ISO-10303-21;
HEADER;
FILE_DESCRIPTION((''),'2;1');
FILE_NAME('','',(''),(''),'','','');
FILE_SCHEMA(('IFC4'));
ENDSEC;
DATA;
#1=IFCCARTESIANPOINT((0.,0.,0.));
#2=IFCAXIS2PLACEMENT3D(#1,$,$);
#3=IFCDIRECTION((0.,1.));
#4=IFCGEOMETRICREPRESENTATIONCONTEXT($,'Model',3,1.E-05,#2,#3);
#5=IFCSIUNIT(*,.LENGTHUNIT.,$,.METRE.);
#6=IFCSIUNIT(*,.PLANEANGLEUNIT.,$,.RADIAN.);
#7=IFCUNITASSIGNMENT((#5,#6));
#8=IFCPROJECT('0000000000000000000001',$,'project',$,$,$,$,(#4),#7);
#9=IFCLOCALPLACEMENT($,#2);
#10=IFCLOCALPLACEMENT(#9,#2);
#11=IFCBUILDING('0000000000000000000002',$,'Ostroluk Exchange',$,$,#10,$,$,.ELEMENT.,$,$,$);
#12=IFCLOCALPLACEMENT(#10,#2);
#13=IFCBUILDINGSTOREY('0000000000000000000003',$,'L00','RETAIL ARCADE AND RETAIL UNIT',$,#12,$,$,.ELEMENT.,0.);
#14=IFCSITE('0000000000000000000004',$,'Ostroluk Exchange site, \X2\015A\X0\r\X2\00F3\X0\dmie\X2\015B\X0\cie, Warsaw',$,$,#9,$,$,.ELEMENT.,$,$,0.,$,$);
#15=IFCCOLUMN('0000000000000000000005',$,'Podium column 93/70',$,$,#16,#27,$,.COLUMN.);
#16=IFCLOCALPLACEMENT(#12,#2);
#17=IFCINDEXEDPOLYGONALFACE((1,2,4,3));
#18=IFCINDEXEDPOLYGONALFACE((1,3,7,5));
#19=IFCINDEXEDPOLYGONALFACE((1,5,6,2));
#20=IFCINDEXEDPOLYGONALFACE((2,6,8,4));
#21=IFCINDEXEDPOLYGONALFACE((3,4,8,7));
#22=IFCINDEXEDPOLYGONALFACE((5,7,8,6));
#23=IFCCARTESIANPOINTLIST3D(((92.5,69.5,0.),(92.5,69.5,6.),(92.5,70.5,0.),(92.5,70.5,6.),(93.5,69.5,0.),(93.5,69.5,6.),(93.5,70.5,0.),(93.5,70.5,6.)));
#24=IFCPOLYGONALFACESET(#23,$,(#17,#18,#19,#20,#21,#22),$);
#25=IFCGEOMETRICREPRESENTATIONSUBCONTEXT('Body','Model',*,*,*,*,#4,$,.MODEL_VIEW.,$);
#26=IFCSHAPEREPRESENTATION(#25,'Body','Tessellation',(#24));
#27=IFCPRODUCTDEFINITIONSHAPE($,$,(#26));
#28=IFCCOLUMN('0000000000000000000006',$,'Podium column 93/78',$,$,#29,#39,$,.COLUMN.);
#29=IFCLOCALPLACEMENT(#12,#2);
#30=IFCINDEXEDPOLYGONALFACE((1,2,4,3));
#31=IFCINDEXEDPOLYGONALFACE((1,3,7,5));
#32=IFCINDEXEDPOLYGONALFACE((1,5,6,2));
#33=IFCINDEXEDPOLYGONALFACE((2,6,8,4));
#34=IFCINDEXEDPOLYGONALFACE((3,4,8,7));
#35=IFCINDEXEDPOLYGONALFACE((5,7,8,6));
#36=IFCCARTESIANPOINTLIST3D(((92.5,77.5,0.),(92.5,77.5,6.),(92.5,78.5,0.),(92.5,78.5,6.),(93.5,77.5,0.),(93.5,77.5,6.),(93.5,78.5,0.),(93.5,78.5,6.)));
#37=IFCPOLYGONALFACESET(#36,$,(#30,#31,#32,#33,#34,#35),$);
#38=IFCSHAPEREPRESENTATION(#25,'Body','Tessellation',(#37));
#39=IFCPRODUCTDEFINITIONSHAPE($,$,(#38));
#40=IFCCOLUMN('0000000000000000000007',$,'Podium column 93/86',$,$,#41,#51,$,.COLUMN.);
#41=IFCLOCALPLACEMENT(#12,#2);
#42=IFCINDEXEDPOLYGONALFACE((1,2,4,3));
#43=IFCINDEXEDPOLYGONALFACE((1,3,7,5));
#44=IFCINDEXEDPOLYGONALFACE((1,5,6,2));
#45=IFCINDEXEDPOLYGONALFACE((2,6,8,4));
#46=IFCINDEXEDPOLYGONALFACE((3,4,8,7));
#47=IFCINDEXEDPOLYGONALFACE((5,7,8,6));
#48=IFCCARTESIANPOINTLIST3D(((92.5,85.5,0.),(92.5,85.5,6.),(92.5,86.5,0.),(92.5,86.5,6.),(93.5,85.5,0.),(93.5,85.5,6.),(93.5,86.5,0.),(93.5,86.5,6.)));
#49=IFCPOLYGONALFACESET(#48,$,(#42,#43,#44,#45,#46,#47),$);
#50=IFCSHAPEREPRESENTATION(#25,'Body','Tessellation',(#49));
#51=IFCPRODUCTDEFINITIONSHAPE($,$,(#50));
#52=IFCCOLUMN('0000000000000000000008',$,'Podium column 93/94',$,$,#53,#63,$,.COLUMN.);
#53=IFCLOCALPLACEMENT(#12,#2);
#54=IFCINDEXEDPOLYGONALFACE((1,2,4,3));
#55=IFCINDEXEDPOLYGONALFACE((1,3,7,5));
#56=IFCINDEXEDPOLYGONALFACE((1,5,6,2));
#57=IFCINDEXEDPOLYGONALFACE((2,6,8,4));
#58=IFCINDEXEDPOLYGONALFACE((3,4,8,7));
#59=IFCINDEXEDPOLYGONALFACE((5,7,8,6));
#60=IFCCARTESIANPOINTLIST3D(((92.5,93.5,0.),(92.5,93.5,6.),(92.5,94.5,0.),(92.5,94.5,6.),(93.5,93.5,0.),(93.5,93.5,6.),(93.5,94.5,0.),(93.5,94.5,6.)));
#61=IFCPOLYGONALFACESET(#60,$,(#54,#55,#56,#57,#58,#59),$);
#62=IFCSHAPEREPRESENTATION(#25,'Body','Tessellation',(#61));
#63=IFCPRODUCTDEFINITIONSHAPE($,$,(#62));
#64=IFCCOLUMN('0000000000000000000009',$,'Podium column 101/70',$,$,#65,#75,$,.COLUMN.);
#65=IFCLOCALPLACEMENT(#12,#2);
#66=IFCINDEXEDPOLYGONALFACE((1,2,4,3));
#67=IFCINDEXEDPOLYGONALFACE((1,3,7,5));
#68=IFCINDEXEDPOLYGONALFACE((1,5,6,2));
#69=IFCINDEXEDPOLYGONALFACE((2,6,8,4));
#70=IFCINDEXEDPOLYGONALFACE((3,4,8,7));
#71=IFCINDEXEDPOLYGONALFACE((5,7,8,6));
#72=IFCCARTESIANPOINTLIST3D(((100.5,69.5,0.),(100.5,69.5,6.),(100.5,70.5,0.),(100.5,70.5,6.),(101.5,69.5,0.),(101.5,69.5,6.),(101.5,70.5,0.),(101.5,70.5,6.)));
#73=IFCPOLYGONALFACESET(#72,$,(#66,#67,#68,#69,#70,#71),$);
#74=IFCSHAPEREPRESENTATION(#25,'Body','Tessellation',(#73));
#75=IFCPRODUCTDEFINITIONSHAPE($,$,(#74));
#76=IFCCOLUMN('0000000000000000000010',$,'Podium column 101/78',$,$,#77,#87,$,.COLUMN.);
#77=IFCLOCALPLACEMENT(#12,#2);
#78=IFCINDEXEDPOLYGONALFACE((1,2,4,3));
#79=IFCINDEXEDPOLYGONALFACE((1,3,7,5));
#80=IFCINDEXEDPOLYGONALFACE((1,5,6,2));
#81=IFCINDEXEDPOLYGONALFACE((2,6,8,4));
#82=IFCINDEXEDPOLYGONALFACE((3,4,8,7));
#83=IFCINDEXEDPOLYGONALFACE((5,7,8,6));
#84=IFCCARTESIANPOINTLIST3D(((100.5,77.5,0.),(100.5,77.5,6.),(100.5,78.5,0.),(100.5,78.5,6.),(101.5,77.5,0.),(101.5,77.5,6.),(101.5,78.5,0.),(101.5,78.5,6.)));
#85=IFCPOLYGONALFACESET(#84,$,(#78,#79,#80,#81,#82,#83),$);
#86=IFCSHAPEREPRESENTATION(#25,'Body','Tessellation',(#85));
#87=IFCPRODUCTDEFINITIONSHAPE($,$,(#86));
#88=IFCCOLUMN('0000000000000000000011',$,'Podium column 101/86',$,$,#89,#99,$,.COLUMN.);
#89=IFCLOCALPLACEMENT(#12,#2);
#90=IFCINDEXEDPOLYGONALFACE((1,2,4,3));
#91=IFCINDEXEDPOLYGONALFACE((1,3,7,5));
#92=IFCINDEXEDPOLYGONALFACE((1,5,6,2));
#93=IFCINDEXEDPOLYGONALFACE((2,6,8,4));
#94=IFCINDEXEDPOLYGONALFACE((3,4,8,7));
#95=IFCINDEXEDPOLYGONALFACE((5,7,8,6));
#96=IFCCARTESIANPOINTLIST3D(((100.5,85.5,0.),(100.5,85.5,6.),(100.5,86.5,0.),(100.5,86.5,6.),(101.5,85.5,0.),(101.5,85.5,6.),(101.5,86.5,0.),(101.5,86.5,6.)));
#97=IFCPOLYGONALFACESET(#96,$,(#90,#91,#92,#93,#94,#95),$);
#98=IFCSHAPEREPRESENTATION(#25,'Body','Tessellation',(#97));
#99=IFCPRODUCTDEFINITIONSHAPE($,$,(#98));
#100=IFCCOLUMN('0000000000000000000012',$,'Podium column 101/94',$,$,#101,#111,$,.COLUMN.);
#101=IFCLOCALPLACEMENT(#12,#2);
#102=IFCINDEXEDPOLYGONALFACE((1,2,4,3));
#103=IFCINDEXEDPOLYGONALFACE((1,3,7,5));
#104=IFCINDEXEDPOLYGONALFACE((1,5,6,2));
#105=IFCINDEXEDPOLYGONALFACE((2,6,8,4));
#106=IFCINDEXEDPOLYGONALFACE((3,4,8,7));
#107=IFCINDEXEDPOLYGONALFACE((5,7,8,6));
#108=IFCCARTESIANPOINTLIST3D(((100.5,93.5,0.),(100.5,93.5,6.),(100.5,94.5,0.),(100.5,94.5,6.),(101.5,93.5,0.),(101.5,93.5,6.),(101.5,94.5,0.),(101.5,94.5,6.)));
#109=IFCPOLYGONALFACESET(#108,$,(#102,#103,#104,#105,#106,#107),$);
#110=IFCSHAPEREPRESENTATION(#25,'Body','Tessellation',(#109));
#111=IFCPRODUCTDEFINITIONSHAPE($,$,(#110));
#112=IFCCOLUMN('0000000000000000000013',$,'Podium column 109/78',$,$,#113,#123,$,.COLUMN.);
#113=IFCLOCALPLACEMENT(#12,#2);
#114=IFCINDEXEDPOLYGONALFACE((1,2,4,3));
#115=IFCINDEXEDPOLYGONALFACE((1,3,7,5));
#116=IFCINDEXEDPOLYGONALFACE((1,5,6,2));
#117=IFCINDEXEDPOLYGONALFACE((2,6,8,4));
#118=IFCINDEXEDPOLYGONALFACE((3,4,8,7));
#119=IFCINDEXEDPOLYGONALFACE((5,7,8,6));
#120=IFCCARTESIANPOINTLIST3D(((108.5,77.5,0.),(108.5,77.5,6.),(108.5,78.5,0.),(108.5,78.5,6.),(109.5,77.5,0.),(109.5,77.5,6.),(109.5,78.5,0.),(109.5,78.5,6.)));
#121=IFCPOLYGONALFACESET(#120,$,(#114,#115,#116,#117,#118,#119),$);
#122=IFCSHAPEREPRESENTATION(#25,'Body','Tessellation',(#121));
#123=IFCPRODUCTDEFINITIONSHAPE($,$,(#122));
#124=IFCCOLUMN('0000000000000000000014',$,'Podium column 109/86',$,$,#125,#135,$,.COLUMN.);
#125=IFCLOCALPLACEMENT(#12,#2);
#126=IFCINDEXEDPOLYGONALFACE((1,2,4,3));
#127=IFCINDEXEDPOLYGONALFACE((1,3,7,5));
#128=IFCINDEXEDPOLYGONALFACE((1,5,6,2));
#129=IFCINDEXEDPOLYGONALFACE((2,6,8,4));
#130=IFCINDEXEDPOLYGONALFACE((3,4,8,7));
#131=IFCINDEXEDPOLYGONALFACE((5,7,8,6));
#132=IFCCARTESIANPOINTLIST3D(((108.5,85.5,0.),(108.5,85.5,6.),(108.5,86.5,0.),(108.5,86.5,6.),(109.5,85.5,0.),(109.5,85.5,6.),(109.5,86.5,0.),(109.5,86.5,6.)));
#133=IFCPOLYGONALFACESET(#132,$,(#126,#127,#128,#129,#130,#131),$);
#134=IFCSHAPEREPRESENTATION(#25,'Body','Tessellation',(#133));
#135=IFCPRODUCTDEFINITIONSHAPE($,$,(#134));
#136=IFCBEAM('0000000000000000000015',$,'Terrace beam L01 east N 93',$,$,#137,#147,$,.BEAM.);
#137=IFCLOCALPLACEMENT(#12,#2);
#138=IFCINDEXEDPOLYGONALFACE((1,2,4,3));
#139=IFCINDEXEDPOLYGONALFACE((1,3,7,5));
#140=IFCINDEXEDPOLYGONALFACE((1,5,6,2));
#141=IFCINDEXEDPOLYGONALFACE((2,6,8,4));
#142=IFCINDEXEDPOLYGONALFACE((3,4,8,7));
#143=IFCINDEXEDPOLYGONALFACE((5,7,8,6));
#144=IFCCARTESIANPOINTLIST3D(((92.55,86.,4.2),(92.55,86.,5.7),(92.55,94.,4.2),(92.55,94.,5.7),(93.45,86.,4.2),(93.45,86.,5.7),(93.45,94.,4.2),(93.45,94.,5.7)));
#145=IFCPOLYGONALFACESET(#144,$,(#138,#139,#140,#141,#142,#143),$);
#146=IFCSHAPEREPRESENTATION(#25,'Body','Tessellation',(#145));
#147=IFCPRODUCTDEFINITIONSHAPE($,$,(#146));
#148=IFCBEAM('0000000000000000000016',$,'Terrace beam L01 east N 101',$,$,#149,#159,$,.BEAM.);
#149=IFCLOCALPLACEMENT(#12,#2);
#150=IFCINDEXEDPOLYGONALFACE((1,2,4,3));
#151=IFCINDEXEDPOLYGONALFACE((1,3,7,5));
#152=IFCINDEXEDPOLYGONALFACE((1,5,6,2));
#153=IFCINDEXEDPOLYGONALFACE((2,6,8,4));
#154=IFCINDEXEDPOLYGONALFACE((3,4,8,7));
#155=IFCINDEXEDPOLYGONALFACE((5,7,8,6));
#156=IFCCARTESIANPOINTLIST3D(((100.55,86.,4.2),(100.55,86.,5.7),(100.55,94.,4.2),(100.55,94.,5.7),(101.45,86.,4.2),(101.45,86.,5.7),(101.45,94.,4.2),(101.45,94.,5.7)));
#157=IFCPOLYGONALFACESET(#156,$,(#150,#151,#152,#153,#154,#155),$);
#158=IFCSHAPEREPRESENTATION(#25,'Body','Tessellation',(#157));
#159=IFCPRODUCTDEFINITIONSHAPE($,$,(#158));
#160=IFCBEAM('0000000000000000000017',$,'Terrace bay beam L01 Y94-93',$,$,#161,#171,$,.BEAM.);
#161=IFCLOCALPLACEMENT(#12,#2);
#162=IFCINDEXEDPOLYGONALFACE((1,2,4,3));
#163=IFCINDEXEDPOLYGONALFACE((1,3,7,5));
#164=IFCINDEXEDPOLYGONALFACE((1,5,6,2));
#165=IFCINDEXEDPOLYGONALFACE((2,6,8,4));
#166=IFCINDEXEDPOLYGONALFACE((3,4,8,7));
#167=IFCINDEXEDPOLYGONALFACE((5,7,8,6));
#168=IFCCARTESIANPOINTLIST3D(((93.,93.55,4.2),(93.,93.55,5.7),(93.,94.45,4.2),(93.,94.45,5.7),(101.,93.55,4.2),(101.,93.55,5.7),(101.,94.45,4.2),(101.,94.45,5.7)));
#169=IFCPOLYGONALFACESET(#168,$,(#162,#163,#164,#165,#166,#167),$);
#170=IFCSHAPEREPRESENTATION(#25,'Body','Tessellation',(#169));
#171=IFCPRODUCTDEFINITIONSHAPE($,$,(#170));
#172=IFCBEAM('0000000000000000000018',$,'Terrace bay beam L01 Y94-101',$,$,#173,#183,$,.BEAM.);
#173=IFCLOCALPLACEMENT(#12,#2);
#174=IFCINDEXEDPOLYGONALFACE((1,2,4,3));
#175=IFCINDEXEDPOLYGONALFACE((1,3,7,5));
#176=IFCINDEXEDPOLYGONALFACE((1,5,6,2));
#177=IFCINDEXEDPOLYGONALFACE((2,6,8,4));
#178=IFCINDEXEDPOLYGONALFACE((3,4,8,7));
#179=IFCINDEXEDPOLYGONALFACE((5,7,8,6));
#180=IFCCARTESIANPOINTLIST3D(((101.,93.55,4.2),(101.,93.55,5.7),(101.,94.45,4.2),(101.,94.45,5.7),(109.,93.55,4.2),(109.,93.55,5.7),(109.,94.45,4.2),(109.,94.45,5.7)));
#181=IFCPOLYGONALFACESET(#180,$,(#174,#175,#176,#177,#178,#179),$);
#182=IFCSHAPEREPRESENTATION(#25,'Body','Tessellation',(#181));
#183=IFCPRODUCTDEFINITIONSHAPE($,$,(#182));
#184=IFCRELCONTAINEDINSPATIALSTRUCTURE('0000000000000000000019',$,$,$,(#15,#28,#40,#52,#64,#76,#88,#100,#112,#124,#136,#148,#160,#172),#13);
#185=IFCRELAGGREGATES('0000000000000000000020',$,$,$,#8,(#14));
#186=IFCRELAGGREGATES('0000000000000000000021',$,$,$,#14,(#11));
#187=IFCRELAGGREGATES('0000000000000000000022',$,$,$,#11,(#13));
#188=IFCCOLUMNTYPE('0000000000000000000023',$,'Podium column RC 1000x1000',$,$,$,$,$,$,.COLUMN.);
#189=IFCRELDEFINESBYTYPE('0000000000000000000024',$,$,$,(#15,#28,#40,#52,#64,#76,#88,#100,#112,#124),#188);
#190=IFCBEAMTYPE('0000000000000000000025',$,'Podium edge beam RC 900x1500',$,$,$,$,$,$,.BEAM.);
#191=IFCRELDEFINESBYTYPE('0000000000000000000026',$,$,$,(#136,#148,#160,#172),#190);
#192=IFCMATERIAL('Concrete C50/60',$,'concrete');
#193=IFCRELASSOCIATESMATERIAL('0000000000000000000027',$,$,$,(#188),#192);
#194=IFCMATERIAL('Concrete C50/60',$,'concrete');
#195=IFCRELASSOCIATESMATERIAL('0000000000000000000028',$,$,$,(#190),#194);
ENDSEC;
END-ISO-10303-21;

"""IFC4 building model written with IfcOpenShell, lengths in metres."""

from ifc_helpers import new_model, si_unit, direction, frame, origin, origin_2d, place, context, subcontext, project, spatial, rectangle, extrude, material, material_profile, profile_set, type_object, element, save


model = new_model("IFC4")

# Units and contexts
model_context = context("Model", 3, precision=1e-05, world=origin(), true_north=direction((0.0, 1.0)))
body_context = subcontext(model_context, "Body", "Model", "MODEL_VIEW")
ifc_project = project(units=[si_unit("LENGTHUNIT", "METRE"), si_unit("PLANEANGLEUNIT", "RADIAN")], contexts=[model_context])

# Site, building, storey
site_placement = place(None, origin())
site = spatial("IfcSite", under=ifc_project, at=site_placement, Name="Ostroluk Exchange site, Śródmieście, Warsaw", CompositionType="ELEMENT", RefElevation=0.0)
building_placement = place(site_placement, origin())
building = spatial("IfcBuilding", under=site, at=building_placement, Name="Ostroluk Exchange", CompositionType="ELEMENT")
storey_placement = place(building_placement, origin())
storey = spatial("IfcBuildingStorey", under=building, at=storey_placement, Name="L00", Description="RETAIL ARCADE AND RETAIL UNIT", CompositionType="ELEMENT", Elevation=0.0)

# Columns
ifc_material_1 = material(Name="Concrete C50/60", Category="concrete")
ifc_material_profile_1 = material_profile(ifc_material_1, rectangle(XDim=1.0, YDim=1.0, at=origin_2d()), Name="RC 1000x1000")
ifc_profile_set_1 = profile_set([ifc_material_profile_1], Name="Concrete C50/60")
column_type = type_object("IfcColumnType", Name="Podium column RC 1000x1000", PredefinedType="COLUMN", material=ifc_profile_set_1)
for number, where, z_axis, x_axis, name in (
    (1, (93.0, 70.0, 0.0), (0.0, 0.0, 1.0), (1.0, 0.0, 0.0), "Podium column 93/70"),
    (2, (93.0, 78.0, 0.0), (0.0, 0.0, 1.0), (1.0, 0.0, 0.0), "Podium column 93/78"),
    (3, (93.0, 86.0, 0.0), (0.0, 0.0, 1.0), (1.0, 0.0, 0.0), "Podium column 93/86"),
    (4, (93.0, 94.0, 0.0), (0.0, 0.0, 1.0), (1.0, 0.0, 0.0), "Podium column 93/94"),
    (5, (101.0, 70.0, 0.0), (0.0, 0.0, 1.0), (1.0, 0.0, 0.0), "Podium column 101/70"),
    (6, (101.0, 78.0, 0.0), (0.0, 0.0, 1.0), (1.0, 0.0, 0.0), "Podium column 101/78"),
    (7, (101.0, 86.0, 0.0), (0.0, 0.0, 1.0), (1.0, 0.0, 0.0), "Podium column 101/86"),
    (8, (101.0, 94.0, 0.0), (0.0, 0.0, 1.0), (1.0, 0.0, 0.0), "Podium column 101/94"),
    (9, (109.0, 78.0, 0.0), (0.0, 0.0, 1.0), (1.0, 0.0, 0.0), "Podium column 109/78"),
    (10, (109.0, 86.0, 0.0), (0.0, 0.0, 1.0), (1.0, 0.0, 0.0), "Podium column 109/86"),
):
    element("IfcColumn", number, at=place(storey_placement, frame(where, z_axis=z_axis, x_axis=x_axis)), inside=storey, type_object=column_type, Name=name, PredefinedType="COLUMN", context=body_context, shape_type="SweptSolid", body=[
        extrude(rectangle(XDim=1.0, YDim=1.0, at=origin_2d()), origin(), (0.0, 0.0, 1.0), 6.0),
    ])

# Beams
ifc_material_2 = material(Name="Concrete C50/60", Category="concrete")
ifc_material_profile_2 = material_profile(ifc_material_2, rectangle(XDim=0.8999, YDim=1.5, at=origin_2d()), Name="RC 900x1500")
ifc_profile_set_2 = profile_set([ifc_material_profile_2], Name="Concrete C50/60")
beam_type = type_object("IfcBeamType", Name="Podium edge beam RC 900x1500", PredefinedType="BEAM", material=ifc_profile_set_2)
for number, where, z_axis, x_axis, name in (
    (11, (93.0, 94.0, 4.95), (0.0, -1.0, 0.0), (1.0, 0.0, 0.0), "Terrace beam L01 east N 93"),
    (12, (101.0, 94.0, 4.95), (0.0, -1.0, 0.0), (1.0, 0.0, 0.0), "Terrace beam L01 east N 101"),
    (13, (93.0, 94.0, 4.95), (1.0, 0.0, 0.0), (0.0, 1.0, 0.0), "Terrace bay beam L01 Y94-93"),
    (14, (101.0, 94.0, 4.95), (1.0, 0.0, 0.0), (0.0, 1.0, 0.0), "Terrace bay beam L01 Y94-101"),
):
    element("IfcBeam", number, at=place(storey_placement, frame(where, z_axis=z_axis, x_axis=x_axis)), inside=storey, type_object=beam_type, Name=name, PredefinedType="BEAM", context=body_context, shape_type="SweptSolid", body=[
        extrude(rectangle(XDim=0.8999, YDim=1.5, at=origin_2d()), origin(), (0.0, 0.0, 1.0), 8.0),
    ])

save(model, "model.ifc")
